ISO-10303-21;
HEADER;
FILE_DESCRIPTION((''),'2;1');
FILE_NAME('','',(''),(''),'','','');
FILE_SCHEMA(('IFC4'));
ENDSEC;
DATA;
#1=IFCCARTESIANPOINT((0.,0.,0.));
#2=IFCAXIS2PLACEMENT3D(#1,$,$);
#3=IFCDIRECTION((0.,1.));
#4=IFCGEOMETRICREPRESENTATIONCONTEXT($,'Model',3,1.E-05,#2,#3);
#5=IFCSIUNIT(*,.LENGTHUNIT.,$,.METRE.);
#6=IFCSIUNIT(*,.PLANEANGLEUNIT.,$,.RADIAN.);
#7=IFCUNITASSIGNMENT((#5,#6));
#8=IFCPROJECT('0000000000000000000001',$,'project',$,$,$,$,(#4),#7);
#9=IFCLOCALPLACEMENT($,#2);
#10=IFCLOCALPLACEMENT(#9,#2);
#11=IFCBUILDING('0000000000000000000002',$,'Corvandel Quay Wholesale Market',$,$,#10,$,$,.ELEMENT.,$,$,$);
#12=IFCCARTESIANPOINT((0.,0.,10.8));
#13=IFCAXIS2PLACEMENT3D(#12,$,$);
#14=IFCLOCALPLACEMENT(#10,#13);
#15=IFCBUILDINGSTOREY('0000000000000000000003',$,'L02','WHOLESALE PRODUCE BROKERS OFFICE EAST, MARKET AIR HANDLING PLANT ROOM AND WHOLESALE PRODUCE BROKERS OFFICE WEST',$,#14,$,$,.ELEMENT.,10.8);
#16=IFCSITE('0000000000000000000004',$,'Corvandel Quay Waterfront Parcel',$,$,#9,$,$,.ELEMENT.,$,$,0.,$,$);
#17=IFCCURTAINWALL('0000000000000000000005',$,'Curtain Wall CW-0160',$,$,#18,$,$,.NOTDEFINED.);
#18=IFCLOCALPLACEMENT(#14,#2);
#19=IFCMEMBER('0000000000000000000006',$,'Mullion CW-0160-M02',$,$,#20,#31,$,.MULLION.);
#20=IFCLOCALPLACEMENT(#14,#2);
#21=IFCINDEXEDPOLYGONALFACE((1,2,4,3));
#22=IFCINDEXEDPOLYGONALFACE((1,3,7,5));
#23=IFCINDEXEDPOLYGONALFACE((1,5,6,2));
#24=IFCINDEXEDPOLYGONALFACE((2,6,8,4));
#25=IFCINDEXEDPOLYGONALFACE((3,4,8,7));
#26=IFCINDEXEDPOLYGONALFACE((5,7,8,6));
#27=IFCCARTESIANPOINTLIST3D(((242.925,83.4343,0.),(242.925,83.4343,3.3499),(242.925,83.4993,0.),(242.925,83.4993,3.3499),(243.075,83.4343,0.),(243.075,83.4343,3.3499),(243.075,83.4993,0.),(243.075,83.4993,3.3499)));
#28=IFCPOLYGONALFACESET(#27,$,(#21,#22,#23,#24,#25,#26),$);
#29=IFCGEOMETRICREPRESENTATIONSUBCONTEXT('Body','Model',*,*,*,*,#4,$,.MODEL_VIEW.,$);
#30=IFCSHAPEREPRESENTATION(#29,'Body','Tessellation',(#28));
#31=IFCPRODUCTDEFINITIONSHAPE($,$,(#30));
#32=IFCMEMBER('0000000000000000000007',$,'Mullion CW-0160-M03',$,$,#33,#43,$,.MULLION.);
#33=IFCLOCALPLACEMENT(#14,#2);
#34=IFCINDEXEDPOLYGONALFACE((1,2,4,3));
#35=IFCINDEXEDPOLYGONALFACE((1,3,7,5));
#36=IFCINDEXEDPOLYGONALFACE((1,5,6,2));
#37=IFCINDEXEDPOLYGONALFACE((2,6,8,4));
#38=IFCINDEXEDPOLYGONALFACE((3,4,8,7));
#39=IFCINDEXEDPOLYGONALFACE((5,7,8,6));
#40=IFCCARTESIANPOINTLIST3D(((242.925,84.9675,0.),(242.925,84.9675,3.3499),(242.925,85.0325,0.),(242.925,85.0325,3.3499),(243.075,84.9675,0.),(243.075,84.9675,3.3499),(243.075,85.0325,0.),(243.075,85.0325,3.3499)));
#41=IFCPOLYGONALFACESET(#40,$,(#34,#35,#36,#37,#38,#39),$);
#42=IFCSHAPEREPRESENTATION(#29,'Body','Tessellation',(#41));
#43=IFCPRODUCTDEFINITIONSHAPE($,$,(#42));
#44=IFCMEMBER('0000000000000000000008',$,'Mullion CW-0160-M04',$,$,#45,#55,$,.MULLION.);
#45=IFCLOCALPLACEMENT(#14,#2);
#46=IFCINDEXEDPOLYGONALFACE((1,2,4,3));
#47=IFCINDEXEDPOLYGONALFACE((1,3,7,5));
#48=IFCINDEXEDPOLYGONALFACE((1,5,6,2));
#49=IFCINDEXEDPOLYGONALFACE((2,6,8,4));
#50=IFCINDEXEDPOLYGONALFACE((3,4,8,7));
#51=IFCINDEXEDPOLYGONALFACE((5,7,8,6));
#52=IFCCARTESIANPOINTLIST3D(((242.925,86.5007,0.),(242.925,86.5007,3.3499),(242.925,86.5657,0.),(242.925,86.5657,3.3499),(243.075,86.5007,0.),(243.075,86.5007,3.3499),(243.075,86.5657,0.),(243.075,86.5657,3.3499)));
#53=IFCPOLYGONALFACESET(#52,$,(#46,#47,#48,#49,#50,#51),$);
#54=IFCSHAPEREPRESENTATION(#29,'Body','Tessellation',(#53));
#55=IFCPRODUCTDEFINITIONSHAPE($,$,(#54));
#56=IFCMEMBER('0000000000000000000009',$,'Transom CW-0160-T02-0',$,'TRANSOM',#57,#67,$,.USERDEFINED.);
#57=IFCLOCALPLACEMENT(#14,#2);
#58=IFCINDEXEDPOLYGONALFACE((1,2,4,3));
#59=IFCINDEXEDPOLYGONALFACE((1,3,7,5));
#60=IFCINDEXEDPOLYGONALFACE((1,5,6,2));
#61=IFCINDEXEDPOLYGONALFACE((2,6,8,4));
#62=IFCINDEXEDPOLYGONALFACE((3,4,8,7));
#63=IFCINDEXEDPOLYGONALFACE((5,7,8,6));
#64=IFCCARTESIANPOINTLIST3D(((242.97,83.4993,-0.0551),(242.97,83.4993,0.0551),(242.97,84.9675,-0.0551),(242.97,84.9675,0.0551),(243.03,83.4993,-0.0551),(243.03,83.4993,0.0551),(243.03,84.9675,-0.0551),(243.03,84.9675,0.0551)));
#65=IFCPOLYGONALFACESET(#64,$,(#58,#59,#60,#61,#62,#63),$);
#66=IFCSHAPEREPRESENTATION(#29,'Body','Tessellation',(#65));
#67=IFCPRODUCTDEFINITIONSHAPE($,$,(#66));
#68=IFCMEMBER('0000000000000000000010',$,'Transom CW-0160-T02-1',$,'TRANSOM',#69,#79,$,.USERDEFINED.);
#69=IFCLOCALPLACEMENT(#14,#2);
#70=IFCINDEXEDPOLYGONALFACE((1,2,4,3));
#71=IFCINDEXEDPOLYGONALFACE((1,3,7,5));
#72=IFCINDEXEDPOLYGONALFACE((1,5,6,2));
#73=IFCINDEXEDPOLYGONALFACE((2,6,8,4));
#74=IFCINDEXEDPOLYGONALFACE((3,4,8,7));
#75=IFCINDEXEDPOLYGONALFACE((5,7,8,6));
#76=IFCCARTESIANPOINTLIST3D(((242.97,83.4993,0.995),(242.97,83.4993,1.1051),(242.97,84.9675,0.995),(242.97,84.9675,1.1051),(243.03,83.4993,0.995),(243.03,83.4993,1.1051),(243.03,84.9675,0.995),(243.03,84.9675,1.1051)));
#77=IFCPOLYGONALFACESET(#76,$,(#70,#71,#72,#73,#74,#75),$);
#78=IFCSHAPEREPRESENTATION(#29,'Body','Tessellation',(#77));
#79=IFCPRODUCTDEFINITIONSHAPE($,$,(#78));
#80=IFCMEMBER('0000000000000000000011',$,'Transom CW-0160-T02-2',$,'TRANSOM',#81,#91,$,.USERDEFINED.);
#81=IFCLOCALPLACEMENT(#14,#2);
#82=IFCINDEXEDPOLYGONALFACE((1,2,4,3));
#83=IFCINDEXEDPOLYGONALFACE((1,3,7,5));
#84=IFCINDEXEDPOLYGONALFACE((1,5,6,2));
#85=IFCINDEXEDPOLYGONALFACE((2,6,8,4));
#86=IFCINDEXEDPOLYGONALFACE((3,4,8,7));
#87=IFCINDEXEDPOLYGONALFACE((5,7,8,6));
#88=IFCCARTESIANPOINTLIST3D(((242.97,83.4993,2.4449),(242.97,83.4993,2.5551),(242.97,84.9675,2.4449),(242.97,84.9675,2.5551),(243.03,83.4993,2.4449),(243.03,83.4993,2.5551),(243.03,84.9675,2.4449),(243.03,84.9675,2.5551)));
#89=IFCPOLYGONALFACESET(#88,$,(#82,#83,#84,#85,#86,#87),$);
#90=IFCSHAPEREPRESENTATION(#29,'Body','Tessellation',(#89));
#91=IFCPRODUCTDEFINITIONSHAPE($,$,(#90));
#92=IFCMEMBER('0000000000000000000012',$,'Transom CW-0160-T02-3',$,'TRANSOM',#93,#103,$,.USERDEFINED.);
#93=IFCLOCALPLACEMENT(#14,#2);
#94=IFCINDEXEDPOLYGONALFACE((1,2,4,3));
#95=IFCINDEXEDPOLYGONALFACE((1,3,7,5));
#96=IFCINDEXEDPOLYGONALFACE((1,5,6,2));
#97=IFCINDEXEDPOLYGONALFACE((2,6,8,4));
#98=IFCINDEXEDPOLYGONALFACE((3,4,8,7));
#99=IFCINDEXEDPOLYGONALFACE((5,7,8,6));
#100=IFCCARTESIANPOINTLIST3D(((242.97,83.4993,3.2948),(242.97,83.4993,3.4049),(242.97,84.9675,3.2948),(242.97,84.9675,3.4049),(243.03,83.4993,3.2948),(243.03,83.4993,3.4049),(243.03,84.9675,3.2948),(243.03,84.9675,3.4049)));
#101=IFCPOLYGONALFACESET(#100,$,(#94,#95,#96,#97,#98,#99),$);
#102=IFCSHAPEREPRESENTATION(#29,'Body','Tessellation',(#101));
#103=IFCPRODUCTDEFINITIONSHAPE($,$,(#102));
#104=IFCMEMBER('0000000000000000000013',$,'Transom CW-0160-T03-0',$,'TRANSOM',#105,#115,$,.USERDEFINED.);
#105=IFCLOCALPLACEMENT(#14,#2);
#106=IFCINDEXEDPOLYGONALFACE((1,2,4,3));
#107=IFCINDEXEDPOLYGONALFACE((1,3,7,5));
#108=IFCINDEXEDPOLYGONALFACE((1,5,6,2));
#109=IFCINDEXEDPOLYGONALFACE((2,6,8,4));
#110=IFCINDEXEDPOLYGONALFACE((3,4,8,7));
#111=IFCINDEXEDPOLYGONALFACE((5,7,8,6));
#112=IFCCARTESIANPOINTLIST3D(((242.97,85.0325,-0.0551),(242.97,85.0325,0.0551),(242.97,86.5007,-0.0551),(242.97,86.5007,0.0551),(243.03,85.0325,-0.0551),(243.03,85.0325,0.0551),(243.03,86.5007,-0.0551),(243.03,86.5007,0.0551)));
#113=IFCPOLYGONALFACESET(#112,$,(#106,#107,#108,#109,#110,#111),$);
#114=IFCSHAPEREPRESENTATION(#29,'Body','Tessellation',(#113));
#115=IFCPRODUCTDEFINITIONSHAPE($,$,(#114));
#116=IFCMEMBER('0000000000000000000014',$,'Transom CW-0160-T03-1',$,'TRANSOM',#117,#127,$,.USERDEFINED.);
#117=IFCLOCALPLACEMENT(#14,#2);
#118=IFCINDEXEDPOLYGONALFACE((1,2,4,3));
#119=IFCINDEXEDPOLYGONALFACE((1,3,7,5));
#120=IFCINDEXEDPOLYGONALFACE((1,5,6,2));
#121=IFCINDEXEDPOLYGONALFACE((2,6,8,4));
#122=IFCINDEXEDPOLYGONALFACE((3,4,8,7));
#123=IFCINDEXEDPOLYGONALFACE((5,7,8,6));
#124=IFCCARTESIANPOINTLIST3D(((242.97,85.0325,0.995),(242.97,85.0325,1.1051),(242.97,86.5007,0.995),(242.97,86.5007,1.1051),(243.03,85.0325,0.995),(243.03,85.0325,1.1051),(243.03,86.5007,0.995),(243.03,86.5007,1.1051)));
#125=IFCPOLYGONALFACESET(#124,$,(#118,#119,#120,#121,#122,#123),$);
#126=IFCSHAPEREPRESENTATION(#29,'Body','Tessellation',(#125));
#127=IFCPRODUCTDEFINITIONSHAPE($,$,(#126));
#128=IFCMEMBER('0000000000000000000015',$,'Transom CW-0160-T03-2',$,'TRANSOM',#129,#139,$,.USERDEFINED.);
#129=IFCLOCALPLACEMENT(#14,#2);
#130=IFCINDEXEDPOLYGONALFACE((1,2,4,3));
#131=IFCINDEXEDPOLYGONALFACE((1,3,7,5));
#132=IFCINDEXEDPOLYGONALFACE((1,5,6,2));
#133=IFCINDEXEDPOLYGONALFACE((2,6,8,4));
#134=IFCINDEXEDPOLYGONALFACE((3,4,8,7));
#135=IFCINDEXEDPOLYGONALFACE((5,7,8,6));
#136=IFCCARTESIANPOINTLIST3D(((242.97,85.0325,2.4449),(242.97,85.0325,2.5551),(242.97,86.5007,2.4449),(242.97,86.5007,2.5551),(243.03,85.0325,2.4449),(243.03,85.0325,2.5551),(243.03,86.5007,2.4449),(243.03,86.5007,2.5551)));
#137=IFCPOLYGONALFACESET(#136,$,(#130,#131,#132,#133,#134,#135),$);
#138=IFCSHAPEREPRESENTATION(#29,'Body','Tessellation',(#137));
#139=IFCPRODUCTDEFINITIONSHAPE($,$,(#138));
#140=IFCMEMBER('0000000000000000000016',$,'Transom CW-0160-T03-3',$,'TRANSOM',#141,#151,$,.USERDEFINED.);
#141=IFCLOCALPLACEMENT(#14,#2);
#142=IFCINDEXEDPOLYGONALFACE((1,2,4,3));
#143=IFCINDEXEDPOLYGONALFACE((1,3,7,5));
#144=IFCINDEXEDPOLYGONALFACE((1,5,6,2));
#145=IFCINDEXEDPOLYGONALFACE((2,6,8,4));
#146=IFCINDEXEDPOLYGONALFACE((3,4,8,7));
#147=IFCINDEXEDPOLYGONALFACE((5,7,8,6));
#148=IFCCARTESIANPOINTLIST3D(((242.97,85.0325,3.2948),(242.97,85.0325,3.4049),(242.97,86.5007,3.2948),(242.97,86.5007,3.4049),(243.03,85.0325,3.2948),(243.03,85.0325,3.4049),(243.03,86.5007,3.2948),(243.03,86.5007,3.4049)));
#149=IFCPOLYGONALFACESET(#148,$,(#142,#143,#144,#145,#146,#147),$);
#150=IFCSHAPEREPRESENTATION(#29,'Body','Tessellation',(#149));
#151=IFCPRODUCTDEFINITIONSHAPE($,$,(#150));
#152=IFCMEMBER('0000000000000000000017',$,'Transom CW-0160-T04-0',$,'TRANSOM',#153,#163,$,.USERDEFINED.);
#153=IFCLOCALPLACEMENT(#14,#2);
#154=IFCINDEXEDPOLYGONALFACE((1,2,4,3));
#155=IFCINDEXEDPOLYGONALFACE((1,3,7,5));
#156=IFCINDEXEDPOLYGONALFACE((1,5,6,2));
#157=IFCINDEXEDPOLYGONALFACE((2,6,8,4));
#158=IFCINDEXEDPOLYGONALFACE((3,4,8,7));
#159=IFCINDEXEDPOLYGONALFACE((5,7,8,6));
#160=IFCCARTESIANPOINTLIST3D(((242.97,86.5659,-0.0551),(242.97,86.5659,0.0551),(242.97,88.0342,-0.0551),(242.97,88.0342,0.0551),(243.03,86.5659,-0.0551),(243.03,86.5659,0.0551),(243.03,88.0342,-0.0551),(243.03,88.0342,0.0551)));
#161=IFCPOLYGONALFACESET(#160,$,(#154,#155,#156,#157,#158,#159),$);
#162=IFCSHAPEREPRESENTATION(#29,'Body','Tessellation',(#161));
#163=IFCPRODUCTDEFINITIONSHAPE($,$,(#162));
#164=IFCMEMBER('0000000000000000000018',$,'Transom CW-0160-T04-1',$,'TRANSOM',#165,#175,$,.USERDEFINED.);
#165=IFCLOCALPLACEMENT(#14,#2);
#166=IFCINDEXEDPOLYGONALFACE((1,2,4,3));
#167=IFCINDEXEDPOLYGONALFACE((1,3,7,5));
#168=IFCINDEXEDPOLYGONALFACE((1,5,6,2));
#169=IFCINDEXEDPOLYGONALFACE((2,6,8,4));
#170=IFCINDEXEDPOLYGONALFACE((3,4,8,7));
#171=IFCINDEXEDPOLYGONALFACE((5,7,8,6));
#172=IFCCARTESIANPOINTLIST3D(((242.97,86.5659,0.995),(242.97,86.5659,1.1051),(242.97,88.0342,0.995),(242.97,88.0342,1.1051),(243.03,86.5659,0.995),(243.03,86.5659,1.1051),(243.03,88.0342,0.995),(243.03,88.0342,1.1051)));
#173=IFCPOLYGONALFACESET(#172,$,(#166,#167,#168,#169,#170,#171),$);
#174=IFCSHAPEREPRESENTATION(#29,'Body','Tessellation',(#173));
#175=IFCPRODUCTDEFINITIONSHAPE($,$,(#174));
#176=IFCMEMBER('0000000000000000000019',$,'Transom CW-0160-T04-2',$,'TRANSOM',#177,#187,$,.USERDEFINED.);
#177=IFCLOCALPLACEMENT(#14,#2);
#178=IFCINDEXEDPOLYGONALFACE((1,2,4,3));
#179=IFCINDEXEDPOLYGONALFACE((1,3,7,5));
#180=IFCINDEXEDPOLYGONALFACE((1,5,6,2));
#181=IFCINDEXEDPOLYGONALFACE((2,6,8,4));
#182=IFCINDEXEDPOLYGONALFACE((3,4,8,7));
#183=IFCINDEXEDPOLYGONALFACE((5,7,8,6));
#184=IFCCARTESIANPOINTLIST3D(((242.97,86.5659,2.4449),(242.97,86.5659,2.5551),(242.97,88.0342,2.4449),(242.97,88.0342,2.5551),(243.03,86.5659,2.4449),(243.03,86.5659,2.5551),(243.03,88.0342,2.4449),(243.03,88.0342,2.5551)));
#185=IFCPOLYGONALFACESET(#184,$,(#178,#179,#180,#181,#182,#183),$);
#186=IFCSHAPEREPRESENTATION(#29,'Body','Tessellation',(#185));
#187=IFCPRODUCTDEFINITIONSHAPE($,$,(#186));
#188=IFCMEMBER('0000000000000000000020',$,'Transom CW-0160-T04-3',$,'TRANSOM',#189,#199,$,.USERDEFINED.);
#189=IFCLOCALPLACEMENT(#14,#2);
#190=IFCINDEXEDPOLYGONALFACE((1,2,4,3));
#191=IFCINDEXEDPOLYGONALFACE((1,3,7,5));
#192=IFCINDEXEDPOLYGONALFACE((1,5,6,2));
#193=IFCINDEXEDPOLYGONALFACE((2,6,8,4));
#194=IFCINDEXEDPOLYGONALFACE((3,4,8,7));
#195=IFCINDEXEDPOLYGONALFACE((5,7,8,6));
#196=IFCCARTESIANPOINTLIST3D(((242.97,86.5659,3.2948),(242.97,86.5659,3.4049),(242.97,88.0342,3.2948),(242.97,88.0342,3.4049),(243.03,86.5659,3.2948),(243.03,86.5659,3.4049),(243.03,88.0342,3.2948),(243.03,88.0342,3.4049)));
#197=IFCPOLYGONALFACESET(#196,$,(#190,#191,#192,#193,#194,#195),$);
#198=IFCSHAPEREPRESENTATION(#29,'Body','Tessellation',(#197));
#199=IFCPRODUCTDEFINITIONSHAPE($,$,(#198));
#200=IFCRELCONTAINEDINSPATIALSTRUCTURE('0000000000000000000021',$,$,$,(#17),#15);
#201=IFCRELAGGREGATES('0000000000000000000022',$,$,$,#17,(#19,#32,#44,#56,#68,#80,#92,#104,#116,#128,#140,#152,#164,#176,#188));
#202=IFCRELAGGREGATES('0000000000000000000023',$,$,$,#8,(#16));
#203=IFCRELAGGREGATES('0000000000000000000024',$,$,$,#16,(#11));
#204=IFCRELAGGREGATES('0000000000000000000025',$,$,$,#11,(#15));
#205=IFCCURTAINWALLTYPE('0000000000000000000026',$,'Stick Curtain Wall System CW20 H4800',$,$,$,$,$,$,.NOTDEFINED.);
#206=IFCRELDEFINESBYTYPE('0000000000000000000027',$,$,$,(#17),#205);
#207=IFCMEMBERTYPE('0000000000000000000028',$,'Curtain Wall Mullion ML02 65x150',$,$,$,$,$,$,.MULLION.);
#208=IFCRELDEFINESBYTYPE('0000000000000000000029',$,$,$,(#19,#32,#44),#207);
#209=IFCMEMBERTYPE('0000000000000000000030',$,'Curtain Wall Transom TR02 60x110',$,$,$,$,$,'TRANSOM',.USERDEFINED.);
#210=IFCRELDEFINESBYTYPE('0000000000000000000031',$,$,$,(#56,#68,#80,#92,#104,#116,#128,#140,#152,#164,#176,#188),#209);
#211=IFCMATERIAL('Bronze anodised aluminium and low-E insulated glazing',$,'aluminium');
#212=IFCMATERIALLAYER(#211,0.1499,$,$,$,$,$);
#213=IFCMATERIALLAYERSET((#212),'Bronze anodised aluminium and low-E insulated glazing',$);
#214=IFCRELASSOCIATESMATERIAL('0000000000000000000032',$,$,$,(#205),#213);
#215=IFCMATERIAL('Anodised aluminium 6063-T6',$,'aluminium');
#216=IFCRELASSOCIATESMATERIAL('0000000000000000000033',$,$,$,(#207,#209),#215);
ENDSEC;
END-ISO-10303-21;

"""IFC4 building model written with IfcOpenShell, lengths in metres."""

from ifc_helpers import new_model, si_unit, direction, frame, origin, origin_2d, place, context, subcontext, project, spatial, rectangle, extrude, material, layer, layer_set, material_profile, profile_set, type_object, element, aggregate, save


model = new_model("IFC4")

# Units and contexts
model_context = context("Model", 3, precision=1e-05, world=origin(), true_north=direction((0.0, 1.0)))
body_context = subcontext(model_context, "Body", "Model", "MODEL_VIEW")
ifc_project = project(units=[si_unit("LENGTHUNIT", "METRE"), si_unit("PLANEANGLEUNIT", "RADIAN")], contexts=[model_context])

# Site, building, storey
site_placement = place(None, origin())
site = spatial("IfcSite", under=ifc_project, at=site_placement, Name="Corvandel Quay Waterfront Parcel", CompositionType="ELEMENT", RefElevation=0.0)
building_placement = place(site_placement, origin())
building = spatial("IfcBuilding", under=site, at=building_placement, Name="Corvandel Quay Wholesale Market", CompositionType="ELEMENT")
storey_placement = place(building_placement, frame((0.0, 0.0, 10.8)))
storey = spatial("IfcBuildingStorey", under=building, at=storey_placement, Name="L02", Description="WHOLESALE PRODUCE BROKERS OFFICE EAST, MARKET AIR HANDLING PLANT ROOM AND WHOLESALE PRODUCE BROKERS OFFICE WEST", CompositionType="ELEMENT", Elevation=10.8)

# Curtain wall, members
ifc_material_1 = material(Name="Bronze anodised aluminium and low-E insulated glazing", Category="aluminium")
ifc_layer_1 = layer(ifc_material_1, 0.1499)
ifc_layer_set_1 = layer_set([ifc_layer_1], Name="Bronze anodised aluminium and low-E insulated glazing")
curtain_wall_type = type_object("IfcCurtainWallType", Name="Stick Curtain Wall System CW20 H4800", PredefinedType="NOTDEFINED", material=ifc_layer_set_1)
curtain_wall_placement = place(storey_placement, origin())
curtain_wall = element("IfcCurtainWall", 1, at=curtain_wall_placement, inside=storey, type_object=curtain_wall_type, Name="Curtain Wall CW-0160", PredefinedType="NOTDEFINED")
ifc_material_2 = material(Name="Anodised aluminium 6063-T6", Category="aluminium")
ifc_material_profile_1 = material_profile(ifc_material_2, rectangle(XDim=0.0649, YDim=0.1499, at=origin_2d()), Name="ALU-MUL-65x150")
ifc_profile_set_1 = profile_set([ifc_material_profile_1], Name="Anodised aluminium 6063-T6")
member_type_1 = type_object("IfcMemberType", Name="Curtain Wall Mullion ML02 65x150", PredefinedType="MULLION", material=ifc_profile_set_1)
member_1_placement = place(storey_placement, frame((243.0, 83.4668, 0.0), z_axis=(0.0, 0.0, 1.0), x_axis=(0.0, 1.0, 0.0)))
member_1 = element("IfcMember", 2, at=member_1_placement, type_object=member_type_1, Name="Mullion CW-0160-M02", PredefinedType="MULLION", context=body_context, shape_type="SweptSolid", body=[
    extrude(rectangle(XDim=0.0649, YDim=0.1499, at=origin_2d()), origin(), (0.0, 0.0, 1.0), 3.3499),
])
member_2_placement = place(storey_placement, frame((243.0, 85.0, 0.0), z_axis=(0.0, 0.0, 1.0), x_axis=(0.0, 1.0, 0.0)))
member_2 = element("IfcMember", 3, at=member_2_placement, type_object=member_type_1, Name="Mullion CW-0160-M03", PredefinedType="MULLION", context=body_context, shape_type="SweptSolid", body=[
    extrude(rectangle(XDim=0.0649, YDim=0.1499, at=origin_2d()), origin(), (0.0, 0.0, 1.0), 3.3499),
])
member_3_placement = place(storey_placement, frame((243.0, 86.5332, 0.0), z_axis=(0.0, 0.0, 1.0), x_axis=(0.0, 1.0, 0.0)))
member_3 = element("IfcMember", 4, at=member_3_placement, type_object=member_type_1, Name="Mullion CW-0160-M04", PredefinedType="MULLION", context=body_context, shape_type="SweptSolid", body=[
    extrude(rectangle(XDim=0.0649, YDim=0.1499, at=origin_2d()), origin(), (0.0, 0.0, 1.0), 3.3499),
])
ifc_material_profile_2 = material_profile(ifc_material_2, rectangle(XDim=0.0601, YDim=0.1101, at=origin_2d()), Name="ALU-TRN-60x110")
ifc_profile_set_2 = profile_set([ifc_material_profile_2], Name="Anodised aluminium 6063-T6")
member_type_2 = type_object("IfcMemberType", Name="Curtain Wall Transom TR02 60x110", ElementType="TRANSOM", PredefinedType="USERDEFINED", material=ifc_profile_set_2)
member_4_placement = place(storey_placement, frame((243.0, 83.4993, 0.0), z_axis=(0.0, 1.0, 0.0), x_axis=(-1.0, 0.0, 0.0)))
member_4 = element("IfcMember", 5, at=member_4_placement, type_object=member_type_2, Name="Transom CW-0160-T02-0", ObjectType="TRANSOM", PredefinedType="USERDEFINED", context=body_context, shape_type="SweptSolid", body=[
    extrude(rectangle(XDim=0.0601, YDim=0.1101, at=origin_2d()), origin(), (0.0, 0.0, 1.0), 1.4683),
])
member_5_placement = place(storey_placement, frame((243.0, 83.4993, 1.05), z_axis=(0.0, 1.0, 0.0), x_axis=(-1.0, 0.0, 0.0)))
member_5 = element("IfcMember", 6, at=member_5_placement, type_object=member_type_2, Name="Transom CW-0160-T02-1", ObjectType="TRANSOM", PredefinedType="USERDEFINED", context=body_context, shape_type="SweptSolid", body=[
    extrude(rectangle(XDim=0.0601, YDim=0.1101, at=origin_2d()), origin(), (0.0, 0.0, 1.0), 1.4683),
])
member_6_placement = place(storey_placement, frame((243.0, 83.4993, 2.5), z_axis=(0.0, 1.0, 0.0), x_axis=(-1.0, 0.0, 0.0)))
member_6 = element("IfcMember", 7, at=member_6_placement, type_object=member_type_2, Name="Transom CW-0160-T02-2", ObjectType="TRANSOM", PredefinedType="USERDEFINED", context=body_context, shape_type="SweptSolid", body=[
    extrude(rectangle(XDim=0.0601, YDim=0.1101, at=origin_2d()), origin(), (0.0, 0.0, 1.0), 1.4683),
])
member_7_placement = place(storey_placement, frame((243.0, 83.4993, 3.3499), z_axis=(0.0, 1.0, 0.0), x_axis=(-1.0, 0.0, 0.0)))
member_7 = element("IfcMember", 8, at=member_7_placement, type_object=member_type_2, Name="Transom CW-0160-T02-3", ObjectType="TRANSOM", PredefinedType="USERDEFINED", context=body_context, shape_type="SweptSolid", body=[
    extrude(rectangle(XDim=0.0601, YDim=0.1101, at=origin_2d()), origin(), (0.0, 0.0, 1.0), 1.4683),
])
member_8_placement = place(storey_placement, frame((243.0, 85.0325, 0.0), z_axis=(0.0, 1.0, 0.0), x_axis=(-1.0, 0.0, 0.0)))
member_8 = element("IfcMember", 9, at=member_8_placement, type_object=member_type_2, Name="Transom CW-0160-T03-0", ObjectType="TRANSOM", PredefinedType="USERDEFINED", context=body_context, shape_type="SweptSolid", body=[
    extrude(rectangle(XDim=0.0601, YDim=0.1101, at=origin_2d()), origin(), (0.0, 0.0, 1.0), 1.4683),
])
member_9_placement = place(storey_placement, frame((243.0, 85.0325, 1.05), z_axis=(0.0, 1.0, 0.0), x_axis=(-1.0, 0.0, 0.0)))
member_9 = element("IfcMember", 10, at=member_9_placement, type_object=member_type_2, Name="Transom CW-0160-T03-1", ObjectType="TRANSOM", PredefinedType="USERDEFINED", context=body_context, shape_type="SweptSolid", body=[
    extrude(rectangle(XDim=0.0601, YDim=0.1101, at=origin_2d()), origin(), (0.0, 0.0, 1.0), 1.4683),
])
member_10_placement = place(storey_placement, frame((243.0, 85.0325, 2.5), z_axis=(0.0, 1.0, 0.0), x_axis=(-1.0, 0.0, 0.0)))
member_10 = element("IfcMember", 11, at=member_10_placement, type_object=member_type_2, Name="Transom CW-0160-T03-2", ObjectType="TRANSOM", PredefinedType="USERDEFINED", context=body_context, shape_type="SweptSolid", body=[
    extrude(rectangle(XDim=0.0601, YDim=0.1101, at=origin_2d()), origin(), (0.0, 0.0, 1.0), 1.4683),
])
member_11_placement = place(storey_placement, frame((243.0, 85.0325, 3.3499), z_axis=(0.0, 1.0, 0.0), x_axis=(-1.0, 0.0, 0.0)))
member_11 = element("IfcMember", 12, at=member_11_placement, type_object=member_type_2, Name="Transom CW-0160-T03-3", ObjectType="TRANSOM", PredefinedType="USERDEFINED", context=body_context, shape_type="SweptSolid", body=[
    extrude(rectangle(XDim=0.0601, YDim=0.1101, at=origin_2d()), origin(), (0.0, 0.0, 1.0), 1.4683),
])
member_12_placement = place(storey_placement, frame((243.0, 86.5659, 0.0), z_axis=(0.0, 1.0, 0.0), x_axis=(-1.0, 0.0, 0.0)))
member_12 = element("IfcMember", 13, at=member_12_placement, type_object=member_type_2, Name="Transom CW-0160-T04-0", ObjectType="TRANSOM", PredefinedType="USERDEFINED", context=body_context, shape_type="SweptSolid", body=[
    extrude(rectangle(XDim=0.0601, YDim=0.1101, at=origin_2d()), origin(), (0.0, 0.0, 1.0), 1.4683),
])
member_13_placement = place(storey_placement, frame((243.0, 86.5659, 1.05), z_axis=(0.0, 1.0, 0.0), x_axis=(-1.0, 0.0, 0.0)))
member_13 = element("IfcMember", 14, at=member_13_placement, type_object=member_type_2, Name="Transom CW-0160-T04-1", ObjectType="TRANSOM", PredefinedType="USERDEFINED", context=body_context, shape_type="SweptSolid", body=[
    extrude(rectangle(XDim=0.0601, YDim=0.1101, at=origin_2d()), origin(), (0.0, 0.0, 1.0), 1.4683),
])
member_14_placement = place(storey_placement, frame((243.0, 86.5659, 2.5), z_axis=(0.0, 1.0, 0.0), x_axis=(-1.0, 0.0, 0.0)))
member_14 = element("IfcMember", 15, at=member_14_placement, type_object=member_type_2, Name="Transom CW-0160-T04-2", ObjectType="TRANSOM", PredefinedType="USERDEFINED", context=body_context, shape_type="SweptSolid", body=[
    extrude(rectangle(XDim=0.0601, YDim=0.1101, at=origin_2d()), origin(), (0.0, 0.0, 1.0), 1.4683),
])
member_15_placement = place(storey_placement, frame((243.0, 86.5659, 3.3499), z_axis=(0.0, 1.0, 0.0), x_axis=(-1.0, 0.0, 0.0)))
member_15 = element("IfcMember", 16, at=member_15_placement, type_object=member_type_2, Name="Transom CW-0160-T04-3", ObjectType="TRANSOM", PredefinedType="USERDEFINED", context=body_context, shape_type="SweptSolid", body=[
    extrude(rectangle(XDim=0.0601, YDim=0.1101, at=origin_2d()), origin(), (0.0, 0.0, 1.0), 1.4683),
])
aggregate(curtain_wall, [member_1, member_2, member_3, member_4, member_5, member_6, member_7, member_8, member_9, member_10, member_11, member_12, member_13, member_14, member_15])

save(model, "model.ifc")
